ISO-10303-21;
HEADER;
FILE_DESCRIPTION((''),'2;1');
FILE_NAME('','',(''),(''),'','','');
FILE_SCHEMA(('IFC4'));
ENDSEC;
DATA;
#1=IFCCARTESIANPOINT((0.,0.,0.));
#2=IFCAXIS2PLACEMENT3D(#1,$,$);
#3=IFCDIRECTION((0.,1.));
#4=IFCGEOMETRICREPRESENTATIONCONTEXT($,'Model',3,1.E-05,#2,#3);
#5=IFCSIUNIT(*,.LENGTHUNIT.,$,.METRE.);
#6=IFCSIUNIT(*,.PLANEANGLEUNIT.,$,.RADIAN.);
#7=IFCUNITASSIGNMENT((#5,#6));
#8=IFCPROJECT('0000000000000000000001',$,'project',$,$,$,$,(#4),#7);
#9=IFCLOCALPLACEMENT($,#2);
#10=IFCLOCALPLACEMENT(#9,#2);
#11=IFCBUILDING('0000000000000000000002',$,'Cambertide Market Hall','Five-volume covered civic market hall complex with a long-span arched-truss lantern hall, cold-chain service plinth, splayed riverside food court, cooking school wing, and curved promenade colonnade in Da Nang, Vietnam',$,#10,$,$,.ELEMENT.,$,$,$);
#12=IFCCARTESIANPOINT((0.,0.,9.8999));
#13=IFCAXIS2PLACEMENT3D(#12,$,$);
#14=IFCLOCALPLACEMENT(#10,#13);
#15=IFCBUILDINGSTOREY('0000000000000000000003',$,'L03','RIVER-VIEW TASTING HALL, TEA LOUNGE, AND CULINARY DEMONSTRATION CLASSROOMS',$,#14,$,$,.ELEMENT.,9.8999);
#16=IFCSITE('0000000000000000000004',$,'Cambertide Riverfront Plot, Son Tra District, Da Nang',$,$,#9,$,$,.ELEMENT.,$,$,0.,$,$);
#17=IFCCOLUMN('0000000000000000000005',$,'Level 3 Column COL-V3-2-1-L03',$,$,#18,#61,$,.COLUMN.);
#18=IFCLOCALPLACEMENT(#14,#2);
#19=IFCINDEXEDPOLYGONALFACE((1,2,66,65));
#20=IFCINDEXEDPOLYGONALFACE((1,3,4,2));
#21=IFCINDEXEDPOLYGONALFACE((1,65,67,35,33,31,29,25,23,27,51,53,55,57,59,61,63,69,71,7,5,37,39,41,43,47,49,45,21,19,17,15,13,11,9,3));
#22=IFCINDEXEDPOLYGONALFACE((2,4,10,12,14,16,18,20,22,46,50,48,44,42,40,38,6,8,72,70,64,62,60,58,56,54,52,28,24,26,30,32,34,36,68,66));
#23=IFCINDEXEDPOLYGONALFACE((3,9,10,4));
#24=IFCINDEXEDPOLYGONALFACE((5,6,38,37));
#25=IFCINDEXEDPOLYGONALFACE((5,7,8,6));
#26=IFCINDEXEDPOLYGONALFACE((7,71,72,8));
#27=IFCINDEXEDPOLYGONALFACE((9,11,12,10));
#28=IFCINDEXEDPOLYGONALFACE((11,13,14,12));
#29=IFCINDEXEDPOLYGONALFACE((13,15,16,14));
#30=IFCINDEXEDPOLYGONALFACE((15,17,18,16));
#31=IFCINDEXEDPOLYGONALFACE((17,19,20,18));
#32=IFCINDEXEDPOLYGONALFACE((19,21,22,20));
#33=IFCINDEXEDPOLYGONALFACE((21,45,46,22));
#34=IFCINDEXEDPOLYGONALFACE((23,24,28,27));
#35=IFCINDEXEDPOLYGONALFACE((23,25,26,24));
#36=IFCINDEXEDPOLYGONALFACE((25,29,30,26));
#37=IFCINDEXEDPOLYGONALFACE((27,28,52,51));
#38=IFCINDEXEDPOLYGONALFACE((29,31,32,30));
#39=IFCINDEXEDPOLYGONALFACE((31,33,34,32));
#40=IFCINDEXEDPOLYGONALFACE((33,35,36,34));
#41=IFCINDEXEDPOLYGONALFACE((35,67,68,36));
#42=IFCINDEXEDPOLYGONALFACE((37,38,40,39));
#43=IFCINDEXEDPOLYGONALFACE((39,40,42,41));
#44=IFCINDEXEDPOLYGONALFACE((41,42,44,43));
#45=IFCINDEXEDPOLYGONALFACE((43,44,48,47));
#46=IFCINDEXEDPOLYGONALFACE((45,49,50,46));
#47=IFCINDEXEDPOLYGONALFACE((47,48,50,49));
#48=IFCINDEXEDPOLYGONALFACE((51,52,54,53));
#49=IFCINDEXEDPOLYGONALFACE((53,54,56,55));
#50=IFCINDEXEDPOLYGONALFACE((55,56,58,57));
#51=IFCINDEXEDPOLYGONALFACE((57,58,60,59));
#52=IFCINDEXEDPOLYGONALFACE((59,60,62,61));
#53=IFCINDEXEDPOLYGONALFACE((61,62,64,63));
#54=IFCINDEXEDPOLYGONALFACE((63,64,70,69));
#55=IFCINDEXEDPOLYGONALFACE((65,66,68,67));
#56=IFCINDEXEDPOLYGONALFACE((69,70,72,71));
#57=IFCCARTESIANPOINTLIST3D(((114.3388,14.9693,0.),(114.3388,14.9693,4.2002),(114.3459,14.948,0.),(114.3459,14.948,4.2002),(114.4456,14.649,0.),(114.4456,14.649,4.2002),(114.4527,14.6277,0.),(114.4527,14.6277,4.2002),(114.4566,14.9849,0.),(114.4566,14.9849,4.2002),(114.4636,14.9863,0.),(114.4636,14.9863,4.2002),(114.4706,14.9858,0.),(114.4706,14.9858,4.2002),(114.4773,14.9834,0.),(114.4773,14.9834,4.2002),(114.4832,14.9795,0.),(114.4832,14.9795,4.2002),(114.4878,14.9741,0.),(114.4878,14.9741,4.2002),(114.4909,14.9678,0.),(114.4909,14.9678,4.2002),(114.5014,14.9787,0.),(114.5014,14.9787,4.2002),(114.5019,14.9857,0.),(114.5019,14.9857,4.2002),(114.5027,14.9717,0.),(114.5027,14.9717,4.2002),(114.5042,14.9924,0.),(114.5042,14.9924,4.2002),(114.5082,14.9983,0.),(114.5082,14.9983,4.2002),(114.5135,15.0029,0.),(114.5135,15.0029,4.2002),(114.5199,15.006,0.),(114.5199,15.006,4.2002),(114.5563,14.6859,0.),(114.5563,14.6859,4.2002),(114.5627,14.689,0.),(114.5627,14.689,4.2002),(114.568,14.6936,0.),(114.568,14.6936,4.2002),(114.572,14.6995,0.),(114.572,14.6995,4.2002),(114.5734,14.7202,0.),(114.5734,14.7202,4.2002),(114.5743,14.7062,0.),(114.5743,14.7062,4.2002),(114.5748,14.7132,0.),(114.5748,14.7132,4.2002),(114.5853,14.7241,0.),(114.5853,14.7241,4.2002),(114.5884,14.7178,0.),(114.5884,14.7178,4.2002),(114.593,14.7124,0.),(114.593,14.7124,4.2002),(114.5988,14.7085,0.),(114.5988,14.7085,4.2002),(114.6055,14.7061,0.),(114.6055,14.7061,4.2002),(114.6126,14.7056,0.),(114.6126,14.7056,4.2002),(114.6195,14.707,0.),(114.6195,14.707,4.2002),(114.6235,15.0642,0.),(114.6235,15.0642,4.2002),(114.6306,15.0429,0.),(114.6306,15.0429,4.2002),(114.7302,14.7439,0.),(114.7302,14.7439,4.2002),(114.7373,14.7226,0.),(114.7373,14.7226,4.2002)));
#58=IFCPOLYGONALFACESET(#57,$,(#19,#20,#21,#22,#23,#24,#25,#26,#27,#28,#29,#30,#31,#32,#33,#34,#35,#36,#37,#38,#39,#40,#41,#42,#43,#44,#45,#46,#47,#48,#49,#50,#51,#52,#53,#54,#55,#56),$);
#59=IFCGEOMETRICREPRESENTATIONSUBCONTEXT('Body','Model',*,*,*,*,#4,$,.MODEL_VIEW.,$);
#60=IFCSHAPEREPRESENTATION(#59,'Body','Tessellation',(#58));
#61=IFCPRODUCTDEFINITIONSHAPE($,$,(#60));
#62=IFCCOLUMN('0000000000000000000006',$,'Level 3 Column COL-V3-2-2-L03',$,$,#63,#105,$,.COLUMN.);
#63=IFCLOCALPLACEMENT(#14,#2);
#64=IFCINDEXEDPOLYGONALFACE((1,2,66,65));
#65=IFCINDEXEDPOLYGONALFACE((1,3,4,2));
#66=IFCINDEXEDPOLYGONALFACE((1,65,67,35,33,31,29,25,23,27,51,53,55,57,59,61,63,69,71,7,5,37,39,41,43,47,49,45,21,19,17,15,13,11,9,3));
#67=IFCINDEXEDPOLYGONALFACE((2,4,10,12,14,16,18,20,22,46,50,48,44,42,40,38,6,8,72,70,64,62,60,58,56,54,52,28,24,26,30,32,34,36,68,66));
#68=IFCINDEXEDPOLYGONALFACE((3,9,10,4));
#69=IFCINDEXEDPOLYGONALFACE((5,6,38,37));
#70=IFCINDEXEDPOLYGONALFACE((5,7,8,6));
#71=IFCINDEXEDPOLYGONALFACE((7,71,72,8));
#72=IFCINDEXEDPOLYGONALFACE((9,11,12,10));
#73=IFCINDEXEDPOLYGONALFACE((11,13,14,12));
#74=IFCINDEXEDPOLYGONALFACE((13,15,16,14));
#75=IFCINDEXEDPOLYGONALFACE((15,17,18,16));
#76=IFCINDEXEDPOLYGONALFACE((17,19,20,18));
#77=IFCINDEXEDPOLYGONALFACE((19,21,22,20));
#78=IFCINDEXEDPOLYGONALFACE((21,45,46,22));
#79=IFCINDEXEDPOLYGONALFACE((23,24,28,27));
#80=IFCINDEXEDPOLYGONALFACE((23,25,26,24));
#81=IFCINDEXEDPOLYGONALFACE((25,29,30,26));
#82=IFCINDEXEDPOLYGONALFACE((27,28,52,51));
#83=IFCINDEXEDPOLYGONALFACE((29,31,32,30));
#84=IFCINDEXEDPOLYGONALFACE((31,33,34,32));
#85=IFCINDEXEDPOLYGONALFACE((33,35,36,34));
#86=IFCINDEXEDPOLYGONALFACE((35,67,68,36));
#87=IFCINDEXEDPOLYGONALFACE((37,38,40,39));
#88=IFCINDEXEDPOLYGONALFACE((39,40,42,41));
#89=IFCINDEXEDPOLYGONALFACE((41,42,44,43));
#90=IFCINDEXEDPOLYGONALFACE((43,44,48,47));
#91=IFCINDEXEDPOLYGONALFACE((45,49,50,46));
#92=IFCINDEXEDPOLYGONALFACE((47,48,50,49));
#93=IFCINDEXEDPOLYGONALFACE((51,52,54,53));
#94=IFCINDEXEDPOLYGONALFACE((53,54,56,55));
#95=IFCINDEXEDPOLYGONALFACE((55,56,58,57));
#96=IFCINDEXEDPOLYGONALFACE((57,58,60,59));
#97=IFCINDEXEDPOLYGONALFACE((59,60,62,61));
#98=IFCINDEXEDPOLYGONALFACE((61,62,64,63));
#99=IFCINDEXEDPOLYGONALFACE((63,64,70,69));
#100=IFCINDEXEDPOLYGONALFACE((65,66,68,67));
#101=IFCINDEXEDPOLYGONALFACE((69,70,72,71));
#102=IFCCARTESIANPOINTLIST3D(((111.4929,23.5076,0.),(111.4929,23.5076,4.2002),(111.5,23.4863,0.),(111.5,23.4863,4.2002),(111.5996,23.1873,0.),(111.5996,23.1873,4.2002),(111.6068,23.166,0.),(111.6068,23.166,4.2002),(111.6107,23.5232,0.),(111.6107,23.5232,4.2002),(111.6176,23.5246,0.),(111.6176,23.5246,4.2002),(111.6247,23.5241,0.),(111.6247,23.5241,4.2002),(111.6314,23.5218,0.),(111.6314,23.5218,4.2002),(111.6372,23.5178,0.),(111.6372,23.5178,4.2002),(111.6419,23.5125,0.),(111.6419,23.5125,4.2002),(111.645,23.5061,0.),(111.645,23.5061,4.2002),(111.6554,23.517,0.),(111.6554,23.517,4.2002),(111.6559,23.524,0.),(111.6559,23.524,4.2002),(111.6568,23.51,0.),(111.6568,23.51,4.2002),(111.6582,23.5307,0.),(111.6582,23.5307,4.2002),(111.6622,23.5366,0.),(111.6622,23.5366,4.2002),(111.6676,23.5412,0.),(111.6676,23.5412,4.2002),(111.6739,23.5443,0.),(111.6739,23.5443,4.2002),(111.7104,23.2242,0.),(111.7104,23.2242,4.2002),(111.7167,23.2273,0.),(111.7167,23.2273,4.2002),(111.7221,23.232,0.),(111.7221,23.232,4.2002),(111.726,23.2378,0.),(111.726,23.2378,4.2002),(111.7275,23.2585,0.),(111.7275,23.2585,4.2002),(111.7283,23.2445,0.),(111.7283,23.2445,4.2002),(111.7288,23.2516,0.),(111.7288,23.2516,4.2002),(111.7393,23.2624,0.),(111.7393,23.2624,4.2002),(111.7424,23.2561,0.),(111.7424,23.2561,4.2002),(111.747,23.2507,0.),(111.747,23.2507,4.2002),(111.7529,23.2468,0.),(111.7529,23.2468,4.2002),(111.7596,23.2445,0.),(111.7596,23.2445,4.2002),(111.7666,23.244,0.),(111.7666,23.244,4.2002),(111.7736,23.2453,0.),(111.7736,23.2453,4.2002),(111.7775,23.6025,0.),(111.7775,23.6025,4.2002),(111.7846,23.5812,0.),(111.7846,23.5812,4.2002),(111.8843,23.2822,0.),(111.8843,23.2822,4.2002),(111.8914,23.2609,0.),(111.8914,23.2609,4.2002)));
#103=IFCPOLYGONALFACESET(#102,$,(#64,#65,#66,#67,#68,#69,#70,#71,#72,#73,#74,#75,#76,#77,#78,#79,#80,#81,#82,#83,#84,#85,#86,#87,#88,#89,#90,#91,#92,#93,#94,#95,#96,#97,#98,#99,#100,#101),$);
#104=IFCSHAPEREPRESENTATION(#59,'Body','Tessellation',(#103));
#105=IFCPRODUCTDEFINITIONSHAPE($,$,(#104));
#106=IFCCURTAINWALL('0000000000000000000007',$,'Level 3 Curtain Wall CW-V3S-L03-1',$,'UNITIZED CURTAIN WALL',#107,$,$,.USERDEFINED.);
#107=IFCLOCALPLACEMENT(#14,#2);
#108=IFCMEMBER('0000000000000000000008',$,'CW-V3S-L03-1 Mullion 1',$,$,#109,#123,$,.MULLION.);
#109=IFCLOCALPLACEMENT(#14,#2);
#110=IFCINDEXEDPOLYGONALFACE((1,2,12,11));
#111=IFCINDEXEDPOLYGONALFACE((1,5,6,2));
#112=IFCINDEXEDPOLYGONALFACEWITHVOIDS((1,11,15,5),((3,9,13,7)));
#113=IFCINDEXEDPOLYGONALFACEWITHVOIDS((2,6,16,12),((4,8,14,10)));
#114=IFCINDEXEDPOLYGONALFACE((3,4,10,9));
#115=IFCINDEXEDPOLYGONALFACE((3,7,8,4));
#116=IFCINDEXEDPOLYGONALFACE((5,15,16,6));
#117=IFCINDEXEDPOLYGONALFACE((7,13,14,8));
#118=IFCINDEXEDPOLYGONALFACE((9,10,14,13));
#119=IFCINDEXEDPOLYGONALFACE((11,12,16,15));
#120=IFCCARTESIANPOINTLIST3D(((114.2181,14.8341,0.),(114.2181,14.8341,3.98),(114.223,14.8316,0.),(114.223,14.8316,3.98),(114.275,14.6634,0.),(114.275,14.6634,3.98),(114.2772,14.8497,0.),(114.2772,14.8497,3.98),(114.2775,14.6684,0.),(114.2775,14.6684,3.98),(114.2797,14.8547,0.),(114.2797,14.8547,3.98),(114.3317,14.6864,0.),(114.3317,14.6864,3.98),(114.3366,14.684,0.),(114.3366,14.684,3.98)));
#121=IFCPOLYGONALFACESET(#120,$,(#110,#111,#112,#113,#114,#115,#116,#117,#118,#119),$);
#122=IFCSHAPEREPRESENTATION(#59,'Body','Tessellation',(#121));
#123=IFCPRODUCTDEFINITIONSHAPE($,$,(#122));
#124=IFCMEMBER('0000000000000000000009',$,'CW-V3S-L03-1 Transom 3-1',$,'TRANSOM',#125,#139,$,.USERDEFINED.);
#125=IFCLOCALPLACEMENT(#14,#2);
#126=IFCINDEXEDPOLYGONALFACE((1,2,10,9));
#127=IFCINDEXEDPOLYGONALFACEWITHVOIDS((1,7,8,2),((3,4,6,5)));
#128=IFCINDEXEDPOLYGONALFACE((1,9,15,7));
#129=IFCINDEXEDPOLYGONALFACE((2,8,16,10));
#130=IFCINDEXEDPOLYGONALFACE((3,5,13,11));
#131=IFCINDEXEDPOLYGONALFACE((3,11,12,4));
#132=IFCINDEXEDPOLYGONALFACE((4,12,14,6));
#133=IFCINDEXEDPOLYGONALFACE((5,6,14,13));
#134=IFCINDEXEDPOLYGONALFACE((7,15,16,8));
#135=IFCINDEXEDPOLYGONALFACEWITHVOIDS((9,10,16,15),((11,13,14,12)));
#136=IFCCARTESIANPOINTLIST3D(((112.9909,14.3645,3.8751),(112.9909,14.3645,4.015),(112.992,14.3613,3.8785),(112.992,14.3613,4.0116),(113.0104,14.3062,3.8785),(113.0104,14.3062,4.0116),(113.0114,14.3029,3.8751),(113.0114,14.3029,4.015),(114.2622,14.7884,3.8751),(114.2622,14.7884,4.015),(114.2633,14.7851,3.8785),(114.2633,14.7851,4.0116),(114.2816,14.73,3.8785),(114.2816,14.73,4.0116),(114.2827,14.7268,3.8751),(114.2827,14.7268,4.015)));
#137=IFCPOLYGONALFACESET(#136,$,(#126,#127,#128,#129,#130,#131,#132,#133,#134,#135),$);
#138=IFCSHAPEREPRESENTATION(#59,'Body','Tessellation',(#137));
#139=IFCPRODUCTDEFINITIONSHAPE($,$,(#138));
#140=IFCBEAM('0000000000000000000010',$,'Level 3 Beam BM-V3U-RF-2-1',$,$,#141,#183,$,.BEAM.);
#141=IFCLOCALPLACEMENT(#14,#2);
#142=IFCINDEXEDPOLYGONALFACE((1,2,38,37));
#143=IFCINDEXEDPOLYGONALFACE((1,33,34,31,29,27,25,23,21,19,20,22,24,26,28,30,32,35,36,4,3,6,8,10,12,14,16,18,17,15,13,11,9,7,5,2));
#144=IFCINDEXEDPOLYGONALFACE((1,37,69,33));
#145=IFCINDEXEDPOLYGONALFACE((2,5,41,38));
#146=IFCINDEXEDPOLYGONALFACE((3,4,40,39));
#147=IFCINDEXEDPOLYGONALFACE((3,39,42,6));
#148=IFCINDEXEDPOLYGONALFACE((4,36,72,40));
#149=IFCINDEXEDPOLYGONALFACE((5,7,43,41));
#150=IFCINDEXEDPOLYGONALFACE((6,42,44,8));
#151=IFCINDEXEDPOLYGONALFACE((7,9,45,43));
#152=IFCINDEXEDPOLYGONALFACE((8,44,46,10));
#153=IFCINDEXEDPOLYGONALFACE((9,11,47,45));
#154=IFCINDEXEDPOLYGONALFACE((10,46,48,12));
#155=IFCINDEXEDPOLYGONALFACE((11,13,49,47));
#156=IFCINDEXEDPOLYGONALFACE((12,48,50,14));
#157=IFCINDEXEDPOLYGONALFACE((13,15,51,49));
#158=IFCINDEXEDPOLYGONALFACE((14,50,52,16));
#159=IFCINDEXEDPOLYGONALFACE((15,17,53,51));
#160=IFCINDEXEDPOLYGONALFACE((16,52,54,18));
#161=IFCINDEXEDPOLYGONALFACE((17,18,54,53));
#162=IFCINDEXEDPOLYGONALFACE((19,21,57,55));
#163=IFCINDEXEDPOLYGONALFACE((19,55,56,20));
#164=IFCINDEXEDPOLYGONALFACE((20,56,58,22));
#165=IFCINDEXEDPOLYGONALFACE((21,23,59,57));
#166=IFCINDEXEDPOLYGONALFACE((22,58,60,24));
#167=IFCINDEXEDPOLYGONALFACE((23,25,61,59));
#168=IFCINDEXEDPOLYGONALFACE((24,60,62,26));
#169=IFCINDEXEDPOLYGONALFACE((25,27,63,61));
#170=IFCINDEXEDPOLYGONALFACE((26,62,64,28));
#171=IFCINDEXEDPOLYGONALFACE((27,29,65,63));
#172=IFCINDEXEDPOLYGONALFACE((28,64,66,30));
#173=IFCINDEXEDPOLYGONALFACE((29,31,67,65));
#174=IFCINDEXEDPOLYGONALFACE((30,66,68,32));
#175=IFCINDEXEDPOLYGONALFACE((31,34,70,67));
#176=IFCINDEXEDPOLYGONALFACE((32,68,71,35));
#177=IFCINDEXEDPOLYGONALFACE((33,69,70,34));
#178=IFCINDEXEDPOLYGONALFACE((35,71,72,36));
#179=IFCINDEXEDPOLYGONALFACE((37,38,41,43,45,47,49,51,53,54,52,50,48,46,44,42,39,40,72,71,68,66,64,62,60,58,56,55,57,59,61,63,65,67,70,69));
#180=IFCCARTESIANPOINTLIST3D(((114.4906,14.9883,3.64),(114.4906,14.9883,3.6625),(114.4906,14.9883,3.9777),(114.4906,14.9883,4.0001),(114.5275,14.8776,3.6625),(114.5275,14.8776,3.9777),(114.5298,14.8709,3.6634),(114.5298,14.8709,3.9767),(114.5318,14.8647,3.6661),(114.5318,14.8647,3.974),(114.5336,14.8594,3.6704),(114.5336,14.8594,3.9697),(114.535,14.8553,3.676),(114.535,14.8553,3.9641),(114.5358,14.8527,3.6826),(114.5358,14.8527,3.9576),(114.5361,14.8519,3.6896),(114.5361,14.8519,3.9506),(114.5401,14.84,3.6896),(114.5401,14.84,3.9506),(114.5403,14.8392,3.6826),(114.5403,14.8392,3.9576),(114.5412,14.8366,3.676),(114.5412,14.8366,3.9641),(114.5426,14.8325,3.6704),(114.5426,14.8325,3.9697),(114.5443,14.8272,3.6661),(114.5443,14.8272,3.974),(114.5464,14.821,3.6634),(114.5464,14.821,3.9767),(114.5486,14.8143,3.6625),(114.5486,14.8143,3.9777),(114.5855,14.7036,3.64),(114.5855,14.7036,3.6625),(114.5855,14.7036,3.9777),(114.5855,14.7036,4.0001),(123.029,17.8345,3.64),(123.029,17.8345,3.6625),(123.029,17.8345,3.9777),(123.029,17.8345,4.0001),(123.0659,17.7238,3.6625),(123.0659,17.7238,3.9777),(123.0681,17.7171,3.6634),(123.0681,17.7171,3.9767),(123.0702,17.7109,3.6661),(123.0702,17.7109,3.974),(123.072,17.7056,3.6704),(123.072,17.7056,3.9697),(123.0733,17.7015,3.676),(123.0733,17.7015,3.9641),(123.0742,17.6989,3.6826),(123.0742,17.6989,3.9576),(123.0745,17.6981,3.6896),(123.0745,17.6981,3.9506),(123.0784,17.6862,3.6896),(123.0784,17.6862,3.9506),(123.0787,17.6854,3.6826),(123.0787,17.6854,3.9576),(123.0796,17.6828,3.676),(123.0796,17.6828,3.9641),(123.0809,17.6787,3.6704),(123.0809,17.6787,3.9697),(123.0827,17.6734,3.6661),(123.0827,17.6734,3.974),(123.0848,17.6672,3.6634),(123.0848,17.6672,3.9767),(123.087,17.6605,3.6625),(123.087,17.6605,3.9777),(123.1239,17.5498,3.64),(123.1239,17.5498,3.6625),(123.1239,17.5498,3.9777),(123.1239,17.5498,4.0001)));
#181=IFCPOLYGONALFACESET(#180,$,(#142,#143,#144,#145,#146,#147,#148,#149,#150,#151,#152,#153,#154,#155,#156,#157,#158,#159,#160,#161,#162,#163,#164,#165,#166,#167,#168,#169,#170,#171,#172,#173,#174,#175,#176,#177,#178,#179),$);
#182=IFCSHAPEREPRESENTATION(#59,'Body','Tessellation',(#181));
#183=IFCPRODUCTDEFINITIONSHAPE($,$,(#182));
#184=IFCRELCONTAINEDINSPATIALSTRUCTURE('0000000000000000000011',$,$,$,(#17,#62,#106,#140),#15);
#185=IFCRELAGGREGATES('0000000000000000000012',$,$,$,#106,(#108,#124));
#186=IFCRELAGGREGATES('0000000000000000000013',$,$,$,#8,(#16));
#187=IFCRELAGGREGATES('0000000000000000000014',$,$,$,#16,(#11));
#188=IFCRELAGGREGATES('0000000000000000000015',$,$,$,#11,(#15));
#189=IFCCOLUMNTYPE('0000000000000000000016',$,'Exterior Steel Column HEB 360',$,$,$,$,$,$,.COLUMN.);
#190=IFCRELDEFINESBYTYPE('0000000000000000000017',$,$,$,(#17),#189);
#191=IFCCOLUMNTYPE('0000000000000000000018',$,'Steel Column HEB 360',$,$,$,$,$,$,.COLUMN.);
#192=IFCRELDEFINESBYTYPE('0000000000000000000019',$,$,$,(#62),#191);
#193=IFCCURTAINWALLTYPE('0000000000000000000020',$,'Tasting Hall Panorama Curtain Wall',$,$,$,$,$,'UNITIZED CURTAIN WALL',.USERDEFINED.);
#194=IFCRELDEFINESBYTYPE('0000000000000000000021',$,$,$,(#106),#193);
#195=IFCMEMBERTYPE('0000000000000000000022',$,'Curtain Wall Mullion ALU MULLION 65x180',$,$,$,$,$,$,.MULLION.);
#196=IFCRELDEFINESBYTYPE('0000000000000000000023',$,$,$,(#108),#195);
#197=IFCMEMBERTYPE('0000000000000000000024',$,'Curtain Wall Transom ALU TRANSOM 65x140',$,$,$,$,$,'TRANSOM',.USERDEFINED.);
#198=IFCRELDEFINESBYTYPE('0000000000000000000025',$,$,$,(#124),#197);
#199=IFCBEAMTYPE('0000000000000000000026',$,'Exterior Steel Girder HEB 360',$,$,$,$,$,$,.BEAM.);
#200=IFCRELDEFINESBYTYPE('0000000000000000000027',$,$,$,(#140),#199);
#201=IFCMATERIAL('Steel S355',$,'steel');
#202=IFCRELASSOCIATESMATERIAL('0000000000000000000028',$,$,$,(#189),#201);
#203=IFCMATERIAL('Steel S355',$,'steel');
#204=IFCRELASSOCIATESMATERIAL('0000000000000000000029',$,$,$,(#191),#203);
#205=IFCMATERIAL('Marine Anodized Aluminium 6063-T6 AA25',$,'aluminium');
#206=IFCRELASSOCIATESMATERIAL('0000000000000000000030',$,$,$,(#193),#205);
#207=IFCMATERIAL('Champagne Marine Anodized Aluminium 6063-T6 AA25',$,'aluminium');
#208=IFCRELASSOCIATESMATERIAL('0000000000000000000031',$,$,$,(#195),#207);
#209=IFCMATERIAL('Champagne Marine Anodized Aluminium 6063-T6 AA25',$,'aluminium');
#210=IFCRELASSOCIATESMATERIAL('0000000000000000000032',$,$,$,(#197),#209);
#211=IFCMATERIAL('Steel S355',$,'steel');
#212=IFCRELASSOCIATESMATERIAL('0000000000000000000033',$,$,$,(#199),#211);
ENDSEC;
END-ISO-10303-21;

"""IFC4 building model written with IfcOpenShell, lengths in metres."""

from ifc_helpers import new_model, si_unit, direction, frame, origin, origin_2d, place, context, subcontext, project, spatial, hollow_rectangle, i_section, extrude, material, material_profile, profile_set, type_object, element, aggregate, save


model = new_model("IFC4")

# Units and contexts
model_context = context("Model", 3, precision=1e-05, world=origin(), true_north=direction((0.0, 1.0)))
body_context = subcontext(model_context, "Body", "Model", "MODEL_VIEW")
ifc_project = project(units=[si_unit("LENGTHUNIT", "METRE"), si_unit("PLANEANGLEUNIT", "RADIAN")], contexts=[model_context])

# Site, building, storey
site_placement = place(None, origin())
site = spatial("IfcSite", under=ifc_project, at=site_placement, Name="Cambertide Riverfront Plot, Son Tra District, Da Nang", CompositionType="ELEMENT", RefElevation=0.0)
building_placement = place(site_placement, origin())
building = spatial("IfcBuilding", under=site, at=building_placement, Name="Cambertide Market Hall", Description="Five-volume covered civic market hall complex with a long-span arched-truss lantern hall, cold-chain service plinth, splayed riverside food court, cooking school wing, and curved promenade colonnade in Da Nang, Vietnam", CompositionType="ELEMENT")
storey_placement = place(building_placement, frame((0.0, 0.0, 9.8999)))
storey = spatial("IfcBuildingStorey", under=building, at=storey_placement, Name="L03", Description="RIVER-VIEW TASTING HALL, TEA LOUNGE, AND CULINARY DEMONSTRATION CLASSROOMS", CompositionType="ELEMENT", Elevation=9.8999)

# Columns
ifc_material_1 = material(Name="Steel S355", Category="steel")
ifc_material_profile_1 = material_profile(ifc_material_1, i_section(OverallWidth=0.3, OverallDepth=0.3601, WebThickness=0.0125, FlangeThickness=0.0225, FilletRadius=0.0271, at=origin_2d()), Name="HEB 360")
ifc_profile_set_1 = profile_set([ifc_material_profile_1], Name="Steel S355")
column_type_1 = type_object("IfcColumnType", Name="Exterior Steel Column HEB 360", PredefinedType="COLUMN", material=ifc_profile_set_1)
column_1_placement = place(storey_placement, frame((114.5381, 14.8459, 0.0), z_axis=(0.0, 0.0, 1.0), x_axis=(0.948683, 0.316228, 0.0)))
element("IfcColumn", 1, at=column_1_placement, inside=storey, type_object=column_type_1, Name="Level 3 Column COL-V3-2-1-L03", PredefinedType="COLUMN", context=body_context, shape_type="SweptSolid", body=[
    extrude(i_section(OverallWidth=0.3, OverallDepth=0.3601, WebThickness=0.0125, FlangeThickness=0.0225, FilletRadius=0.0271, at=origin_2d()), origin(), (0.0, 0.0, 1.0), 4.2002),
])
ifc_material_2 = material(Name="Steel S355", Category="steel")
ifc_material_profile_2 = material_profile(ifc_material_2, i_section(OverallWidth=0.3, OverallDepth=0.3601, WebThickness=0.0125, FlangeThickness=0.0225, FilletRadius=0.0271, at=origin_2d()), Name="HEB 360")
ifc_profile_set_2 = profile_set([ifc_material_profile_2], Name="Steel S355")
column_type_2 = type_object("IfcColumnType", Name="Steel Column HEB 360", PredefinedType="COLUMN", material=ifc_profile_set_2)
column_2_placement = place(storey_placement, frame((111.6921, 23.3843, 0.0), z_axis=(0.0, 0.0, 1.0), x_axis=(0.948683, 0.316228, 0.0)))
element("IfcColumn", 2, at=column_2_placement, inside=storey, type_object=column_type_2, Name="Level 3 Column COL-V3-2-2-L03", PredefinedType="COLUMN", context=body_context, shape_type="SweptSolid", body=[
    extrude(i_section(OverallWidth=0.3, OverallDepth=0.3601, WebThickness=0.0125, FlangeThickness=0.0225, FilletRadius=0.0271, at=origin_2d()), origin(), (0.0, 0.0, 1.0), 4.2002),
])

# Curtain wall, members
ifc_material_3 = material(Name="Marine Anodized Aluminium 6063-T6 AA25", Category="aluminium")
curtain_wall_type = type_object("IfcCurtainWallType", Name="Tasting Hall Panorama Curtain Wall", ElementType="UNITIZED CURTAIN WALL", PredefinedType="USERDEFINED", material=ifc_material_3)
curtain_wall_placement = place(storey_placement, origin())
curtain_wall = element("IfcCurtainWall", 3, at=curtain_wall_placement, inside=storey, type_object=curtain_wall_type, Name="Level 3 Curtain Wall CW-V3S-L03-1", ObjectType="UNITIZED CURTAIN WALL", PredefinedType="USERDEFINED")
ifc_material_4 = material(Name="Champagne Marine Anodized Aluminium 6063-T6 AA25", Category="aluminium")
ifc_material_profile_3 = material_profile(ifc_material_4, hollow_rectangle(XDim=0.0649, YDim=0.1799, WallThickness=0.0039, at=origin_2d()), Name="ALU MULLION 65x180")
ifc_profile_set_3 = profile_set([ifc_material_profile_3], Name="Champagne Marine Anodized Aluminium 6063-T6 AA25")
member_type_1 = type_object("IfcMemberType", Name="Curtain Wall Mullion ALU MULLION 65x180", PredefinedType="MULLION", material=ifc_profile_set_3)
member_1_placement = place(storey_placement, frame((114.2773, 14.759, 0.0), z_axis=(0.0, 0.0, 1.0), x_axis=(-0.948683, -0.316228, 0.0)))
member_1 = element("IfcMember", 4, at=member_1_placement, type_object=member_type_1, Name="CW-V3S-L03-1 Mullion 1", PredefinedType="MULLION", context=body_context, shape_type="SweptSolid", body=[
    extrude(hollow_rectangle(XDim=0.0649, YDim=0.1799, WallThickness=0.0039, at=origin_2d()), origin(), (0.0, 0.0, 1.0), 3.98),
])
ifc_material_5 = material(Name="Champagne Marine Anodized Aluminium 6063-T6 AA25", Category="aluminium")
ifc_material_profile_4 = material_profile(ifc_material_5, hollow_rectangle(XDim=0.0649, YDim=0.1399, WallThickness=0.0034, at=origin_2d()), Name="ALU TRANSOM 65x140")
ifc_profile_set_4 = profile_set([ifc_material_profile_4], Name="Champagne Marine Anodized Aluminium 6063-T6 AA25")
member_type_2 = type_object("IfcMemberType", Name="Curtain Wall Transom ALU TRANSOM 65x140", ElementType="TRANSOM", PredefinedType="USERDEFINED", material=ifc_profile_set_4)
member_2_placement = place(storey_placement, frame((114.2725, 14.7576, 3.9451), z_axis=(-0.948665, -0.316282, 0.0), x_axis=(0.316282, -0.948665, 0.0)))
member_2 = element("IfcMember", 5, at=member_2_placement, type_object=member_type_2, Name="CW-V3S-L03-1 Transom 3-1", ObjectType="TRANSOM", PredefinedType="USERDEFINED", context=body_context, shape_type="SweptSolid", body=[
    extrude(hollow_rectangle(XDim=0.0649, YDim=0.1399, WallThickness=0.0034, at=origin_2d()), origin(), (0.0, 0.0, 1.0), 1.3401),
])
aggregate(curtain_wall, [member_1, member_2])

# Beam
ifc_material_6 = material(Name="Steel S355", Category="steel")
ifc_material_profile_5 = material_profile(ifc_material_6, i_section(OverallWidth=0.3, OverallDepth=0.3601, WebThickness=0.0125, FlangeThickness=0.0225, FilletRadius=0.0271, at=origin_2d()), Name="HEB 360")
ifc_profile_set_5 = profile_set([ifc_material_profile_5], Name="Steel S355")
beam_type_1 = type_object("IfcBeamType", Name="Exterior Steel Girder HEB 360", PredefinedType="BEAM", material=ifc_profile_set_5)
beam_1_placement = place(storey_placement, frame((114.5381, 14.8459, 3.8201), z_axis=(0.948681, 0.316236, 0.0), x_axis=(-0.316236, 0.948681, 0.0)))
element("IfcBeam", 6, at=beam_1_placement, inside=storey, type_object=beam_type_1, Name="Level 3 Beam BM-V3U-RF-2-1", PredefinedType="BEAM", context=body_context, shape_type="SweptSolid", body=[
    extrude(i_section(OverallWidth=0.3, OverallDepth=0.3601, WebThickness=0.0125, FlangeThickness=0.0225, FilletRadius=0.0271, at=origin_2d()), origin(), (0.0, 0.0, 1.0), 9.0002),
])

save(model, "model.ifc")
